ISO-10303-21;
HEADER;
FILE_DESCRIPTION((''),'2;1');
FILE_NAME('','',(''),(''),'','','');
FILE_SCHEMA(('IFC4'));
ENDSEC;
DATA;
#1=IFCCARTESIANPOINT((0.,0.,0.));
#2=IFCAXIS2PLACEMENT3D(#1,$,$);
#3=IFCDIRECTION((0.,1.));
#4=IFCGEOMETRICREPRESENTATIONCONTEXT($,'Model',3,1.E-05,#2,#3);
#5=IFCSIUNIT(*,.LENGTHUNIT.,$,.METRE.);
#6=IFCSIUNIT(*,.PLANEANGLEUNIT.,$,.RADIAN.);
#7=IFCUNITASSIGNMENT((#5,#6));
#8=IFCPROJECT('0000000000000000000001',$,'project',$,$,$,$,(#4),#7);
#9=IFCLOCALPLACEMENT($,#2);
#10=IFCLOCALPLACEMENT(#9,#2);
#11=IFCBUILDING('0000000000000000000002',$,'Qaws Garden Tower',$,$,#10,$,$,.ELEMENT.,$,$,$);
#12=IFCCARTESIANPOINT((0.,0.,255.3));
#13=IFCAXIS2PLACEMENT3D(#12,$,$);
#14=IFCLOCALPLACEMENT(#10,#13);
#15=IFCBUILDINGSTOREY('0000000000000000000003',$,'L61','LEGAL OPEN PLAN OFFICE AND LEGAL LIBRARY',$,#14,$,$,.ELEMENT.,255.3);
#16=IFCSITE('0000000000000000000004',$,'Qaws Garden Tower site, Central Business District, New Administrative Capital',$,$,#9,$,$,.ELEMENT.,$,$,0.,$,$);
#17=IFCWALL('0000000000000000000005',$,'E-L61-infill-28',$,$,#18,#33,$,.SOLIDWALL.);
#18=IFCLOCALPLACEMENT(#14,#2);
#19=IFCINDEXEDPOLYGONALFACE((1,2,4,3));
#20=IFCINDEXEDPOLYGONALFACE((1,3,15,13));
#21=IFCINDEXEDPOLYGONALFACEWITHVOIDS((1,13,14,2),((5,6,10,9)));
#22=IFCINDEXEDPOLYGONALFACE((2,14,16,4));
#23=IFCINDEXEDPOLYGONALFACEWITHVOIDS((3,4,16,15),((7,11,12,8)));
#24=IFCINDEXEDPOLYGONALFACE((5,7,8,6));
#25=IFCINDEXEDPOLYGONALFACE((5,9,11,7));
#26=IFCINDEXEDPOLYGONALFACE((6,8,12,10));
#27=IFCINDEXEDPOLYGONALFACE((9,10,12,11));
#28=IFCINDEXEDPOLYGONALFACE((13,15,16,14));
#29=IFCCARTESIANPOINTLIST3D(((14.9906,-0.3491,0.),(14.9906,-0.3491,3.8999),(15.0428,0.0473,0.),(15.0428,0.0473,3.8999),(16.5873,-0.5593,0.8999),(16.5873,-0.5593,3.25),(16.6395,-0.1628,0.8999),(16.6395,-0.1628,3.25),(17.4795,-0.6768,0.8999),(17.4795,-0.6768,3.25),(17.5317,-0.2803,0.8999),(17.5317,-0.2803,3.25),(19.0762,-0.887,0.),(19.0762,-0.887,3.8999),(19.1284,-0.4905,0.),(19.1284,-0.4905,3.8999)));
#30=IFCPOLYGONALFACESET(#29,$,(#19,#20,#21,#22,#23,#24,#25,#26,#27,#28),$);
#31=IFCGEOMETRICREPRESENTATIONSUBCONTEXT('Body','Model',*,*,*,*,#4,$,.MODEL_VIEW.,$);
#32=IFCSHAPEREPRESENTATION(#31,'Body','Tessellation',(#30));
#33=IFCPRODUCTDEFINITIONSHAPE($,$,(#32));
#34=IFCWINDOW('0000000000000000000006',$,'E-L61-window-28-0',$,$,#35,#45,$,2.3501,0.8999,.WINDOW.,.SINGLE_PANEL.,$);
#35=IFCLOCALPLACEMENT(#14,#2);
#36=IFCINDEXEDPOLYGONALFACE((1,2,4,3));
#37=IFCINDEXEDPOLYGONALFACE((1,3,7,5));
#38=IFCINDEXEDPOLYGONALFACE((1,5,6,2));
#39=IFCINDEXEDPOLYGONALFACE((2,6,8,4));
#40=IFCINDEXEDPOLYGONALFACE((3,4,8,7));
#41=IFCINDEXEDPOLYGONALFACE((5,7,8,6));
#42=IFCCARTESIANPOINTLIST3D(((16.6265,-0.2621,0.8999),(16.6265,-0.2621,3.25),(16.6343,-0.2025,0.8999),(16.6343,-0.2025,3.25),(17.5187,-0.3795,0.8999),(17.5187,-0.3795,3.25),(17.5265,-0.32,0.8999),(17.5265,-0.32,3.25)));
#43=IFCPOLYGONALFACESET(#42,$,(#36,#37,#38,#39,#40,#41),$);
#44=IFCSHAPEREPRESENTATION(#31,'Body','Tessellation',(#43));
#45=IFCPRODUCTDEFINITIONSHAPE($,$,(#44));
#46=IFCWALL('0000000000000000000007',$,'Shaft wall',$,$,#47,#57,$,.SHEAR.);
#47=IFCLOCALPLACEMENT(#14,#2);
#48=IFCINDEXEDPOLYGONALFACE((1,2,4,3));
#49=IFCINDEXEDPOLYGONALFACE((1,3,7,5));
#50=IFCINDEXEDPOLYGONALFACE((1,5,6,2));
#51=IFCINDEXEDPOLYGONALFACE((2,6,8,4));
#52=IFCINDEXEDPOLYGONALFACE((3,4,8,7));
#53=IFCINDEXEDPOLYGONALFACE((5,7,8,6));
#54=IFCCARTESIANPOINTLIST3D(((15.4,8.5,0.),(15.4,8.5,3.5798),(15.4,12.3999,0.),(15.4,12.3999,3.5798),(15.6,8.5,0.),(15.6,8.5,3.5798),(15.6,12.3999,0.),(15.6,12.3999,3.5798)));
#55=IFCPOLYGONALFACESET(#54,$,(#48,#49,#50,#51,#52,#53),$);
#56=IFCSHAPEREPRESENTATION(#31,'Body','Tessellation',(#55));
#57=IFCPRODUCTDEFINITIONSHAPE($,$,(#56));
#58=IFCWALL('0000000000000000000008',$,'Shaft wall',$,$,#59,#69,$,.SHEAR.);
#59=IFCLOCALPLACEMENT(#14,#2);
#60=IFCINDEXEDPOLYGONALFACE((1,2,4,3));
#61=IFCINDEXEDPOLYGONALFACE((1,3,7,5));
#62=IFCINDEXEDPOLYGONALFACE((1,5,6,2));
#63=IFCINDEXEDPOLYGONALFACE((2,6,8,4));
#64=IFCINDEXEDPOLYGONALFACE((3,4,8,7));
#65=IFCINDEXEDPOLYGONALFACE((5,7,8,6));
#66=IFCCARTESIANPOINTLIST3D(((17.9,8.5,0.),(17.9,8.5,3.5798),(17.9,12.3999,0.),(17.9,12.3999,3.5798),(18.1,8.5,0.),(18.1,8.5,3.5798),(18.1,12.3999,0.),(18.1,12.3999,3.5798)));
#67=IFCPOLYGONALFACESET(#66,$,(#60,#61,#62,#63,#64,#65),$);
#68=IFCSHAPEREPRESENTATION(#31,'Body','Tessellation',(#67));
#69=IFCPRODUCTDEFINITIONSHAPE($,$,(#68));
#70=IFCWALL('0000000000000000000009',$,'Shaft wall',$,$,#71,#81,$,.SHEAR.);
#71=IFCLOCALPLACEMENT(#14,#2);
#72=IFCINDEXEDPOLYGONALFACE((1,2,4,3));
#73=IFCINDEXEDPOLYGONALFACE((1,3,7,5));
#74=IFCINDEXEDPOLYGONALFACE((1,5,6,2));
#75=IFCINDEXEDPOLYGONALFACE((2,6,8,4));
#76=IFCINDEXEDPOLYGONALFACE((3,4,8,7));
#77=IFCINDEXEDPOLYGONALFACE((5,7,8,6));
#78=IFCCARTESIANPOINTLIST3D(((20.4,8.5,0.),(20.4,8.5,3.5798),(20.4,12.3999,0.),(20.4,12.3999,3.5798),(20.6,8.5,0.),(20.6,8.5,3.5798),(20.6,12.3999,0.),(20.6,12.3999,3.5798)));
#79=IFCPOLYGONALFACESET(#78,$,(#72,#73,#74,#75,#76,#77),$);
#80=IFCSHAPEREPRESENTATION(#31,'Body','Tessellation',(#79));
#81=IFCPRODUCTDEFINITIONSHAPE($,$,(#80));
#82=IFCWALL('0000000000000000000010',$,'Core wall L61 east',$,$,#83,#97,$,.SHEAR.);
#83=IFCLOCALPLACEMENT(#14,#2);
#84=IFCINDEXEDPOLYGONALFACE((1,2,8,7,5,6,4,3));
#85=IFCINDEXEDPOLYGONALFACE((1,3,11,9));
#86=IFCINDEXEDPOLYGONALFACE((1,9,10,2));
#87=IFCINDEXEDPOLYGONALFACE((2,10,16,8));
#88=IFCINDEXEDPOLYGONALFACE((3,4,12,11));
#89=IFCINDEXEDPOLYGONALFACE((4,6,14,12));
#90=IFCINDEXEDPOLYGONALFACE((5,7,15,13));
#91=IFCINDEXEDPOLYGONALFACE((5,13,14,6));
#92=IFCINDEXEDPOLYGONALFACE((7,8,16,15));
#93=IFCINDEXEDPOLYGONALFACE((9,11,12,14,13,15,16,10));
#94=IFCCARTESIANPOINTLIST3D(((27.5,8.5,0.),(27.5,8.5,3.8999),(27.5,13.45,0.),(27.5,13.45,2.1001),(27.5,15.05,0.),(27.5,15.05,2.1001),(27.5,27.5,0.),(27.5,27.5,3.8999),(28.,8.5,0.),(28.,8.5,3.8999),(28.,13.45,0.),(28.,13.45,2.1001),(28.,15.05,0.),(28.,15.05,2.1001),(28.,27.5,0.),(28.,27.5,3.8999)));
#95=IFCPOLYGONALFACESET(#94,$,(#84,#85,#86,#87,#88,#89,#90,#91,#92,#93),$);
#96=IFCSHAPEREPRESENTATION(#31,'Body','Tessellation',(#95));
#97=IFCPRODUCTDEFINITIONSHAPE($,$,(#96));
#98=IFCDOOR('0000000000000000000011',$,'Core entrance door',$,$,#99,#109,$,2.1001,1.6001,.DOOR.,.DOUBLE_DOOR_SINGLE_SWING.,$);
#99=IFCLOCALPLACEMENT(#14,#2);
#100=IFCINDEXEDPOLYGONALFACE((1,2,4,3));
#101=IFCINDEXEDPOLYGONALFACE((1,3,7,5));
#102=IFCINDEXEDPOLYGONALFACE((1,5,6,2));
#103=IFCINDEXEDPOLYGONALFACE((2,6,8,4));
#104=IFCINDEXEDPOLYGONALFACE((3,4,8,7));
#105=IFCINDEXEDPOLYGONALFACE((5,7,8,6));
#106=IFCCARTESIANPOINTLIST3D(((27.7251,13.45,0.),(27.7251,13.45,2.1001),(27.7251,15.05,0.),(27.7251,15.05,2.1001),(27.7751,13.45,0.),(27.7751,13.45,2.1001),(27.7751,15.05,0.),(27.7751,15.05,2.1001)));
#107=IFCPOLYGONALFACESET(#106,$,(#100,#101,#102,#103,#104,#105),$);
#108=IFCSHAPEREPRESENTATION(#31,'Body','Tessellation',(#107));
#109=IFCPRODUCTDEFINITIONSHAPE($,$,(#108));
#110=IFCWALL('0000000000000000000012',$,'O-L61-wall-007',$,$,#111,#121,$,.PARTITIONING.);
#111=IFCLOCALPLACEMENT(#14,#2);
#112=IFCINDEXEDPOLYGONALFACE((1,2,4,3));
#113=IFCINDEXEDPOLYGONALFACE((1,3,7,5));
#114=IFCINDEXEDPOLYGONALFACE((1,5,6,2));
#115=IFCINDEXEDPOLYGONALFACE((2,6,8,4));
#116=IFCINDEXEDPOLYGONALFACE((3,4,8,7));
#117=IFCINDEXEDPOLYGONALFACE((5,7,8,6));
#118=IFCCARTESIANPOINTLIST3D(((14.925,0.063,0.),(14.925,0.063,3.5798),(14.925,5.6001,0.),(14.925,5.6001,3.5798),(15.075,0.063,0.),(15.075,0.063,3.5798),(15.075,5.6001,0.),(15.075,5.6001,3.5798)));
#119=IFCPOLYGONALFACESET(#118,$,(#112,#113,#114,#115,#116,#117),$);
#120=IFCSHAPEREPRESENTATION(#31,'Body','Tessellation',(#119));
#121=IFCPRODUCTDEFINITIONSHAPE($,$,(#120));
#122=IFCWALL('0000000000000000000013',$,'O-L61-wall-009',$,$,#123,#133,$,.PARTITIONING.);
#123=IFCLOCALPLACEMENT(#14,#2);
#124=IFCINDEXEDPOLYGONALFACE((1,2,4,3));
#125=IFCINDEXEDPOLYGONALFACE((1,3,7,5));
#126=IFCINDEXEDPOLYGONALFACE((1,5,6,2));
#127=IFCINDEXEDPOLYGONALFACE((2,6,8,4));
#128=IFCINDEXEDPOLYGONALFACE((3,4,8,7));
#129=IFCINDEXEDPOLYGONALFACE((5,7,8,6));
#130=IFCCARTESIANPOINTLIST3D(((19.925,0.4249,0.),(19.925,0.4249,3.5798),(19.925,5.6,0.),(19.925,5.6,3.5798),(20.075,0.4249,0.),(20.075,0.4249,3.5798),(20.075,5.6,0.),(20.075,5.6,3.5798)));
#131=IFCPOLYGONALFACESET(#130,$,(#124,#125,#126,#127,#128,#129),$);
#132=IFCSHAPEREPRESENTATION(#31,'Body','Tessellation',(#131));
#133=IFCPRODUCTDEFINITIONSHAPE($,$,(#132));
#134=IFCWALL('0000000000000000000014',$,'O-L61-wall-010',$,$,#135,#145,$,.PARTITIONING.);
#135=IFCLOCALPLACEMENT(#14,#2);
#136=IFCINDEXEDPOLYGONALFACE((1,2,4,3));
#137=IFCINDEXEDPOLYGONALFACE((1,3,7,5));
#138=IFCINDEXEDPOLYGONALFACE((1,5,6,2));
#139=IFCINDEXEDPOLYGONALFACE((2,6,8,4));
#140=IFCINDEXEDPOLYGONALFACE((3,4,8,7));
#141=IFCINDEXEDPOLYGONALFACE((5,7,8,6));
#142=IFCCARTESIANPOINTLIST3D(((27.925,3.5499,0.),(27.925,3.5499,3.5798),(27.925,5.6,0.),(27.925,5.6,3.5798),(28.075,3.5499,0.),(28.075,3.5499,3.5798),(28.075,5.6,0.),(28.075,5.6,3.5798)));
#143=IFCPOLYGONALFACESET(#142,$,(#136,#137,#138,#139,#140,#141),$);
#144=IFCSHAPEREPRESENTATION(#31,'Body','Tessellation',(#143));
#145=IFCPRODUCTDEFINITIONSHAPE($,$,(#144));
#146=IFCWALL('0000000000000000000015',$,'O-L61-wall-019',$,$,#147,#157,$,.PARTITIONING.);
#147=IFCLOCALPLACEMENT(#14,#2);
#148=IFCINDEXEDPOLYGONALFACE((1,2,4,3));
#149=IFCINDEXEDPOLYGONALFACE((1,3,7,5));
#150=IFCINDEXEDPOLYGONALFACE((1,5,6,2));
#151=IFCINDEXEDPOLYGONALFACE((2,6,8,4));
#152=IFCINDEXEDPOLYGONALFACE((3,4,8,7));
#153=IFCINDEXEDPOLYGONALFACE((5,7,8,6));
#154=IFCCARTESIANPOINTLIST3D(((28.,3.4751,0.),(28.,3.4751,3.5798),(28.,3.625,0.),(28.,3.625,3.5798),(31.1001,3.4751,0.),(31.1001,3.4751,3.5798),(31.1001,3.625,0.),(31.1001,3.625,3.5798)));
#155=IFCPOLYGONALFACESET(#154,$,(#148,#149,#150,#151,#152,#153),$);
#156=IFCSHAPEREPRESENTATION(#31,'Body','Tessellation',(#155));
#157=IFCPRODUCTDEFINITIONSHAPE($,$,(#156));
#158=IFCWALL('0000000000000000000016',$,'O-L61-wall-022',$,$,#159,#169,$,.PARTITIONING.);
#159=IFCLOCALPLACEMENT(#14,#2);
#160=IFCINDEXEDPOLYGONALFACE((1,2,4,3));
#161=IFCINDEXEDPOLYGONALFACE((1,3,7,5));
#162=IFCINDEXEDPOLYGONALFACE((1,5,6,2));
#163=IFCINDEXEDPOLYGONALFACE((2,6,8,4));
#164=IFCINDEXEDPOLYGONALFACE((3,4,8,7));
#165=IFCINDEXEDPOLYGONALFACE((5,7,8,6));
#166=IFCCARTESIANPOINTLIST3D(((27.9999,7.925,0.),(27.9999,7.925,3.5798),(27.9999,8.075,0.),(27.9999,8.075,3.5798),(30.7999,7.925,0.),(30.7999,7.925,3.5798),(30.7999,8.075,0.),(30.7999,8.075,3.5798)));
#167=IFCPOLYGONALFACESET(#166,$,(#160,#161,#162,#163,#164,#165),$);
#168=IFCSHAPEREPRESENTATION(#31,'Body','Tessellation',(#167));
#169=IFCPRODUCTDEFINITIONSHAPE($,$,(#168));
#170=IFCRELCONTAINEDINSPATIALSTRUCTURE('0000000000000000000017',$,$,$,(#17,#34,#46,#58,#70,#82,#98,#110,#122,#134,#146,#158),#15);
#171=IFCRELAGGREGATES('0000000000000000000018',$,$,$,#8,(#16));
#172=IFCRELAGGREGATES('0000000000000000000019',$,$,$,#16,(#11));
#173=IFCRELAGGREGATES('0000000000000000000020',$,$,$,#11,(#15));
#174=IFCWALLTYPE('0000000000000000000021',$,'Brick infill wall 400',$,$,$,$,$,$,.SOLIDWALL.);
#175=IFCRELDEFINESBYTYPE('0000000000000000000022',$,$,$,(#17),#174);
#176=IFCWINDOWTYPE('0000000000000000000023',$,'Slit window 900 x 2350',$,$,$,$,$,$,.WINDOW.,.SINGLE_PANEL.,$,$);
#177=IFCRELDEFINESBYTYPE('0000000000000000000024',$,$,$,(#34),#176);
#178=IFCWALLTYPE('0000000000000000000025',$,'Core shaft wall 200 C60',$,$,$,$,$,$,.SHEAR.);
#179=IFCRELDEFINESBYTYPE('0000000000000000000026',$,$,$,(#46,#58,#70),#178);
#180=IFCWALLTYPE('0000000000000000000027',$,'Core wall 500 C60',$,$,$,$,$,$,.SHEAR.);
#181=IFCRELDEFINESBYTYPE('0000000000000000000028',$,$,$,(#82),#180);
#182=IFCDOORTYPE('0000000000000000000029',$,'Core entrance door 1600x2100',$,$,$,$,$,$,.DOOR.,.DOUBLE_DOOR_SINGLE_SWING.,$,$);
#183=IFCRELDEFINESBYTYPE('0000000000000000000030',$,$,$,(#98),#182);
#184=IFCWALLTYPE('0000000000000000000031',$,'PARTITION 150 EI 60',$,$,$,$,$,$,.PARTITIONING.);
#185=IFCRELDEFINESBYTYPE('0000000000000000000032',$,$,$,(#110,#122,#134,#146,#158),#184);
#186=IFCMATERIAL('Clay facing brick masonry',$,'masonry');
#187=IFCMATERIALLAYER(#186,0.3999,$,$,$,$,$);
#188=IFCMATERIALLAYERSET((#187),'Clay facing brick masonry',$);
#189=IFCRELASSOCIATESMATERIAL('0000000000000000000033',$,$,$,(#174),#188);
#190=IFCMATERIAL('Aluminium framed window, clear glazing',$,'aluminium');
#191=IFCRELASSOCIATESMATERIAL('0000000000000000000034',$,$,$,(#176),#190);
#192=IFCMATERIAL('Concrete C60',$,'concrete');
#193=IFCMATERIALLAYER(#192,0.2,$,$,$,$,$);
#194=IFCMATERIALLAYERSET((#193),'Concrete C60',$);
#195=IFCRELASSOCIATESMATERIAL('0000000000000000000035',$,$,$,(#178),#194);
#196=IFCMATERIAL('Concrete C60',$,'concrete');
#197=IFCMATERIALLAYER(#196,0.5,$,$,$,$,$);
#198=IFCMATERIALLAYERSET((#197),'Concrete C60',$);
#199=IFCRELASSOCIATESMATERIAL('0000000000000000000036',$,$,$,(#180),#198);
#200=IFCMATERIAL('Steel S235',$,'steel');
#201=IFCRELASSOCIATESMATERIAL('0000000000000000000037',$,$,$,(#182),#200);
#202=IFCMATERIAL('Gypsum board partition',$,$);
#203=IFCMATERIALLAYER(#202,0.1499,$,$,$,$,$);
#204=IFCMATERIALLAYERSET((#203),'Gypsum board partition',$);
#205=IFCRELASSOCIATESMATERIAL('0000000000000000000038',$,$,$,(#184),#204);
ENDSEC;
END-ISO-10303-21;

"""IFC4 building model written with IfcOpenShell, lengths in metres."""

from ifc_helpers import new_model, si_unit, direction, frame, frame_2d, origin, place, context, subcontext, project, spatial, rectangle, extrude, material, layer, layer_set, type_object, element, fill, save


model = new_model("IFC4")

# Units and contexts
model_context = context("Model", 3, precision=1e-05, world=origin(), true_north=direction((0.0, 1.0)))
body_context = subcontext(model_context, "Body", "Model", "MODEL_VIEW")
ifc_project = project(units=[si_unit("LENGTHUNIT", "METRE"), si_unit("PLANEANGLEUNIT", "RADIAN")], contexts=[model_context])

# Site, building, storey
site_placement = place(None, origin())
site = spatial("IfcSite", under=ifc_project, at=site_placement, Name="Qaws Garden Tower site, Central Business District, New Administrative Capital", CompositionType="ELEMENT", RefElevation=0.0)
building_placement = place(site_placement, origin())
building = spatial("IfcBuilding", under=site, at=building_placement, Name="Qaws Garden Tower", CompositionType="ELEMENT")
storey_placement = place(building_placement, frame((0.0, 0.0, 255.3)))
storey = spatial("IfcBuildingStorey", under=building, at=storey_placement, Name="L61", Description="LEGAL OPEN PLAN OFFICE AND LEGAL LIBRARY", CompositionType="ELEMENT", Elevation=255.3)

# Shared definitions
ifc_material_1 = material(Name="Clay facing brick masonry", Category="masonry")
ifc_layer_1 = layer(ifc_material_1, 0.3999)
ifc_layer_set_1 = layer_set([ifc_layer_1], Name="Clay facing brick masonry")
wall_type_1 = type_object("IfcWallType", Name="Brick infill wall 400", PredefinedType="SOLIDWALL", material=ifc_layer_set_1)
ifc_material_2 = material(Name="Aluminium framed window, clear glazing", Category="aluminium")
window_type = type_object("IfcWindowType", Name="Slit window 900 x 2350", PartitioningType="SINGLE_PANEL", PredefinedType="WINDOW", material=ifc_material_2)

# Wall, opening, window
wall_1_placement = place(storey_placement, frame((15.0166, -0.1509, 0.0), z_axis=(0.0, 0.0, 1.0), x_axis=(0.991446, -0.130514, 0.0)))
wall_1 = element("IfcWall", 1, at=wall_1_placement, inside=storey, type_object=wall_type_1, Name="E-L61-infill-28", PredefinedType="SOLIDWALL", context=body_context, shape_type="SweptSolid", body=[
    extrude(rectangle(XDim=4.1208, YDim=0.3999, at=frame_2d((2.0605, 0.0))), origin(), (0.0, 0.0, 1.0), 3.8999),
])
opening_1_placement = place(wall_1_placement, frame((1.6106, 0.0, 0.8999)))
opening_1 = element("IfcOpeningElement", 2, at=opening_1_placement, cuts=wall_1, PredefinedType="OPENING", context=body_context, shape_type="SweptSolid", body=[
    extrude(rectangle(XDim=0.8999, YDim=2.3501, at=frame_2d((0.45, 1.175))), frame((0.0, 0.21, 0.0), z_axis=(0.0, -1.0, 0.0), x_axis=(1.0, 0.0, 0.0)), (0.0, 0.0, 1.0), 0.4199),
])
window_1_placement = place(opening_1_placement, origin())
window_1 = element("IfcWindow", 3, at=window_1_placement, inside=storey, type_object=window_type, Name="E-L61-window-28-0", OverallHeight=2.3501, OverallWidth=0.8999, PartitioningType="SINGLE_PANEL", PredefinedType="WINDOW", context=body_context, shape_type="SweptSolid", body=[
    extrude(rectangle(XDim=0.8999, YDim=2.3501, at=frame_2d((0.45, 1.175))), frame((0.0, 0.1599, 0.0), z_axis=(0.0, -1.0, 0.0), x_axis=(1.0, 0.0, 0.0)), (0.0, 0.0, 1.0), 0.0601),
])
fill(opening_1, window_1)

# Walls
ifc_material_3 = material(Name="Concrete C60", Category="concrete")
ifc_layer_2 = layer(ifc_material_3, 0.2)
ifc_layer_set_2 = layer_set([ifc_layer_2], Name="Concrete C60")
wall_type_2 = type_object("IfcWallType", Name="Core shaft wall 200 C60", PredefinedType="SHEAR", material=ifc_layer_set_2)
for number, where, z_axis, x_axis, name in (
    (4, (15.5, 8.5, 0.0), (0.0, 0.0, 1.0), (0.0, 1.0, 0.0), "Shaft wall"),
    (5, (18.0, 8.5, 0.0), (0.0, 0.0, 1.0), (0.0, 1.0, 0.0), "Shaft wall"),
    (6, (20.5, 8.5, 0.0), (0.0, 0.0, 1.0), (0.0, 1.0, 0.0), "Shaft wall"),
):
    element("IfcWall", number, at=place(storey_placement, frame(where, z_axis=z_axis, x_axis=x_axis)), inside=storey, type_object=wall_type_2, Name=name, PredefinedType="SHEAR", context=body_context, shape_type="SweptSolid", body=[
        extrude(rectangle(XDim=3.8999, YDim=0.2, at=frame_2d((1.95, 0.0))), origin(), (0.0, 0.0, 1.0), 3.5798),
    ])

# Wall, opening, door
ifc_material_4 = material(Name="Concrete C60", Category="concrete")
ifc_layer_3 = layer(ifc_material_4, 0.5)
ifc_layer_set_3 = layer_set([ifc_layer_3], Name="Concrete C60")
wall_type_3 = type_object("IfcWallType", Name="Core wall 500 C60", PredefinedType="SHEAR", material=ifc_layer_set_3)
wall_2_placement = place(storey_placement, frame((27.75, 8.5, 0.0), z_axis=(0.0, 0.0, 1.0), x_axis=(0.0, 1.0, 0.0)))
wall_2 = element("IfcWall", 7, at=wall_2_placement, inside=storey, type_object=wall_type_3, Name="Core wall L61 east", PredefinedType="SHEAR", context=body_context, shape_type="SweptSolid", body=[
    extrude(rectangle(XDim=19.0, YDim=0.5, at=frame_2d((9.5, 0.0))), origin(), (0.0, 0.0, 1.0), 3.8999),
])
opening_2_placement = place(wall_2_placement, frame((4.95, 0.0, 0.0)))
opening_2 = element("IfcOpeningElement", 8, at=opening_2_placement, cuts=wall_2, PredefinedType="OPENING", context=body_context, shape_type="SweptSolid", body=[
    extrude(rectangle(XDim=1.6001, YDim=2.1001, at=frame_2d((0.8, 1.05))), frame((0.0, 0.26, 0.0), z_axis=(0.0, -1.0, 0.0), x_axis=(1.0, 0.0, 0.0)), (0.0, 0.0, 1.0), 0.52),
])
ifc_material_5 = material(Name="Steel S235", Category="steel")
door_type = type_object("IfcDoorType", Name="Core entrance door 1600x2100", OperationType="DOUBLE_DOOR_SINGLE_SWING", PredefinedType="DOOR", material=ifc_material_5)
door_placement = place(opening_2_placement, origin())
door = element("IfcDoor", 9, at=door_placement, inside=storey, type_object=door_type, Name="Core entrance door", OperationType="DOUBLE_DOOR_SINGLE_SWING", OverallHeight=2.1001, OverallWidth=1.6001, PredefinedType="DOOR", context=body_context, shape_type="SweptSolid", body=[
    extrude(rectangle(XDim=1.6001, YDim=2.1001, at=frame_2d((0.8, 1.05))), frame((0.0, 0.0249, 0.0), z_axis=(0.0, -1.0, 0.0), x_axis=(1.0, 0.0, 0.0)), (0.0, 0.0, 1.0), 0.05),
])
fill(opening_2, door)

# Walls
ifc_material_6 = material(Name="Gypsum board partition")
ifc_layer_4 = layer(ifc_material_6, 0.1499)
ifc_layer_set_4 = layer_set([ifc_layer_4], Name="Gypsum board partition")
wall_type_4 = type_object("IfcWallType", Name="PARTITION 150 EI 60", PredefinedType="PARTITIONING", material=ifc_layer_set_4)
wall_3_placement = place(storey_placement, frame((15.0, 0.063, 0.0), z_axis=(0.0, 0.0, 1.0), x_axis=(0.0, 1.0, 0.0)))
element("IfcWall", 10, at=wall_3_placement, inside=storey, type_object=wall_type_4, Name="O-L61-wall-007", PredefinedType="PARTITIONING", context=body_context, shape_type="SweptSolid", body=[
    extrude(rectangle(XDim=5.5371, YDim=0.1499, at=frame_2d((2.7686, 0.0))), origin(), (0.0, 0.0, 1.0), 3.5798),
])
wall_4_placement = place(storey_placement, frame((20.0, 0.425, 0.0), z_axis=(0.0, 0.0, 1.0), x_axis=(0.0, 1.0, 0.0)))
element("IfcWall", 11, at=wall_4_placement, inside=storey, type_object=wall_type_4, Name="O-L61-wall-009", PredefinedType="PARTITIONING", context=body_context, shape_type="SweptSolid", body=[
    extrude(rectangle(XDim=5.175, YDim=0.1499, at=frame_2d((2.5874, 0.0))), origin(), (0.0, 0.0, 1.0), 3.5798),
])
wall_5_placement = place(storey_placement, frame((28.0, 3.55, 0.0), z_axis=(0.0, 0.0, 1.0), x_axis=(0.0, 1.0, 0.0)))
element("IfcWall", 12, at=wall_5_placement, inside=storey, type_object=wall_type_4, Name="O-L61-wall-010", PredefinedType="PARTITIONING", context=body_context, shape_type="SweptSolid", body=[
    extrude(rectangle(XDim=2.05, YDim=0.1499, at=frame_2d((1.0249, 0.0))), origin(), (0.0, 0.0, 1.0), 3.5798),
])
wall_6_placement = place(storey_placement, frame((28.0, 3.55, 0.0), z_axis=(0.0, 0.0, 1.0), x_axis=(1.0, 0.0, 0.0)))
element("IfcWall", 13, at=wall_6_placement, inside=storey, type_object=wall_type_4, Name="O-L61-wall-019", PredefinedType="PARTITIONING", context=body_context, shape_type="SweptSolid", body=[
    extrude(rectangle(XDim=3.1001, YDim=0.1499, at=frame_2d((1.55, 0.0))), origin(), (0.0, 0.0, 1.0), 3.5798),
])
wall_7_placement = place(storey_placement, frame((28.0, 8.0, 0.0), z_axis=(0.0, 0.0, 1.0), x_axis=(1.0, 0.0, 0.0)))
element("IfcWall", 14, at=wall_7_placement, inside=storey, type_object=wall_type_4, Name="O-L61-wall-022", PredefinedType="PARTITIONING", context=body_context, shape_type="SweptSolid", body=[
    extrude(rectangle(XDim=2.8, YDim=0.1499, at=frame_2d((1.3999, 0.0))), origin(), (0.0, 0.0, 1.0), 3.5798),
])

save(model, "model.ifc")
